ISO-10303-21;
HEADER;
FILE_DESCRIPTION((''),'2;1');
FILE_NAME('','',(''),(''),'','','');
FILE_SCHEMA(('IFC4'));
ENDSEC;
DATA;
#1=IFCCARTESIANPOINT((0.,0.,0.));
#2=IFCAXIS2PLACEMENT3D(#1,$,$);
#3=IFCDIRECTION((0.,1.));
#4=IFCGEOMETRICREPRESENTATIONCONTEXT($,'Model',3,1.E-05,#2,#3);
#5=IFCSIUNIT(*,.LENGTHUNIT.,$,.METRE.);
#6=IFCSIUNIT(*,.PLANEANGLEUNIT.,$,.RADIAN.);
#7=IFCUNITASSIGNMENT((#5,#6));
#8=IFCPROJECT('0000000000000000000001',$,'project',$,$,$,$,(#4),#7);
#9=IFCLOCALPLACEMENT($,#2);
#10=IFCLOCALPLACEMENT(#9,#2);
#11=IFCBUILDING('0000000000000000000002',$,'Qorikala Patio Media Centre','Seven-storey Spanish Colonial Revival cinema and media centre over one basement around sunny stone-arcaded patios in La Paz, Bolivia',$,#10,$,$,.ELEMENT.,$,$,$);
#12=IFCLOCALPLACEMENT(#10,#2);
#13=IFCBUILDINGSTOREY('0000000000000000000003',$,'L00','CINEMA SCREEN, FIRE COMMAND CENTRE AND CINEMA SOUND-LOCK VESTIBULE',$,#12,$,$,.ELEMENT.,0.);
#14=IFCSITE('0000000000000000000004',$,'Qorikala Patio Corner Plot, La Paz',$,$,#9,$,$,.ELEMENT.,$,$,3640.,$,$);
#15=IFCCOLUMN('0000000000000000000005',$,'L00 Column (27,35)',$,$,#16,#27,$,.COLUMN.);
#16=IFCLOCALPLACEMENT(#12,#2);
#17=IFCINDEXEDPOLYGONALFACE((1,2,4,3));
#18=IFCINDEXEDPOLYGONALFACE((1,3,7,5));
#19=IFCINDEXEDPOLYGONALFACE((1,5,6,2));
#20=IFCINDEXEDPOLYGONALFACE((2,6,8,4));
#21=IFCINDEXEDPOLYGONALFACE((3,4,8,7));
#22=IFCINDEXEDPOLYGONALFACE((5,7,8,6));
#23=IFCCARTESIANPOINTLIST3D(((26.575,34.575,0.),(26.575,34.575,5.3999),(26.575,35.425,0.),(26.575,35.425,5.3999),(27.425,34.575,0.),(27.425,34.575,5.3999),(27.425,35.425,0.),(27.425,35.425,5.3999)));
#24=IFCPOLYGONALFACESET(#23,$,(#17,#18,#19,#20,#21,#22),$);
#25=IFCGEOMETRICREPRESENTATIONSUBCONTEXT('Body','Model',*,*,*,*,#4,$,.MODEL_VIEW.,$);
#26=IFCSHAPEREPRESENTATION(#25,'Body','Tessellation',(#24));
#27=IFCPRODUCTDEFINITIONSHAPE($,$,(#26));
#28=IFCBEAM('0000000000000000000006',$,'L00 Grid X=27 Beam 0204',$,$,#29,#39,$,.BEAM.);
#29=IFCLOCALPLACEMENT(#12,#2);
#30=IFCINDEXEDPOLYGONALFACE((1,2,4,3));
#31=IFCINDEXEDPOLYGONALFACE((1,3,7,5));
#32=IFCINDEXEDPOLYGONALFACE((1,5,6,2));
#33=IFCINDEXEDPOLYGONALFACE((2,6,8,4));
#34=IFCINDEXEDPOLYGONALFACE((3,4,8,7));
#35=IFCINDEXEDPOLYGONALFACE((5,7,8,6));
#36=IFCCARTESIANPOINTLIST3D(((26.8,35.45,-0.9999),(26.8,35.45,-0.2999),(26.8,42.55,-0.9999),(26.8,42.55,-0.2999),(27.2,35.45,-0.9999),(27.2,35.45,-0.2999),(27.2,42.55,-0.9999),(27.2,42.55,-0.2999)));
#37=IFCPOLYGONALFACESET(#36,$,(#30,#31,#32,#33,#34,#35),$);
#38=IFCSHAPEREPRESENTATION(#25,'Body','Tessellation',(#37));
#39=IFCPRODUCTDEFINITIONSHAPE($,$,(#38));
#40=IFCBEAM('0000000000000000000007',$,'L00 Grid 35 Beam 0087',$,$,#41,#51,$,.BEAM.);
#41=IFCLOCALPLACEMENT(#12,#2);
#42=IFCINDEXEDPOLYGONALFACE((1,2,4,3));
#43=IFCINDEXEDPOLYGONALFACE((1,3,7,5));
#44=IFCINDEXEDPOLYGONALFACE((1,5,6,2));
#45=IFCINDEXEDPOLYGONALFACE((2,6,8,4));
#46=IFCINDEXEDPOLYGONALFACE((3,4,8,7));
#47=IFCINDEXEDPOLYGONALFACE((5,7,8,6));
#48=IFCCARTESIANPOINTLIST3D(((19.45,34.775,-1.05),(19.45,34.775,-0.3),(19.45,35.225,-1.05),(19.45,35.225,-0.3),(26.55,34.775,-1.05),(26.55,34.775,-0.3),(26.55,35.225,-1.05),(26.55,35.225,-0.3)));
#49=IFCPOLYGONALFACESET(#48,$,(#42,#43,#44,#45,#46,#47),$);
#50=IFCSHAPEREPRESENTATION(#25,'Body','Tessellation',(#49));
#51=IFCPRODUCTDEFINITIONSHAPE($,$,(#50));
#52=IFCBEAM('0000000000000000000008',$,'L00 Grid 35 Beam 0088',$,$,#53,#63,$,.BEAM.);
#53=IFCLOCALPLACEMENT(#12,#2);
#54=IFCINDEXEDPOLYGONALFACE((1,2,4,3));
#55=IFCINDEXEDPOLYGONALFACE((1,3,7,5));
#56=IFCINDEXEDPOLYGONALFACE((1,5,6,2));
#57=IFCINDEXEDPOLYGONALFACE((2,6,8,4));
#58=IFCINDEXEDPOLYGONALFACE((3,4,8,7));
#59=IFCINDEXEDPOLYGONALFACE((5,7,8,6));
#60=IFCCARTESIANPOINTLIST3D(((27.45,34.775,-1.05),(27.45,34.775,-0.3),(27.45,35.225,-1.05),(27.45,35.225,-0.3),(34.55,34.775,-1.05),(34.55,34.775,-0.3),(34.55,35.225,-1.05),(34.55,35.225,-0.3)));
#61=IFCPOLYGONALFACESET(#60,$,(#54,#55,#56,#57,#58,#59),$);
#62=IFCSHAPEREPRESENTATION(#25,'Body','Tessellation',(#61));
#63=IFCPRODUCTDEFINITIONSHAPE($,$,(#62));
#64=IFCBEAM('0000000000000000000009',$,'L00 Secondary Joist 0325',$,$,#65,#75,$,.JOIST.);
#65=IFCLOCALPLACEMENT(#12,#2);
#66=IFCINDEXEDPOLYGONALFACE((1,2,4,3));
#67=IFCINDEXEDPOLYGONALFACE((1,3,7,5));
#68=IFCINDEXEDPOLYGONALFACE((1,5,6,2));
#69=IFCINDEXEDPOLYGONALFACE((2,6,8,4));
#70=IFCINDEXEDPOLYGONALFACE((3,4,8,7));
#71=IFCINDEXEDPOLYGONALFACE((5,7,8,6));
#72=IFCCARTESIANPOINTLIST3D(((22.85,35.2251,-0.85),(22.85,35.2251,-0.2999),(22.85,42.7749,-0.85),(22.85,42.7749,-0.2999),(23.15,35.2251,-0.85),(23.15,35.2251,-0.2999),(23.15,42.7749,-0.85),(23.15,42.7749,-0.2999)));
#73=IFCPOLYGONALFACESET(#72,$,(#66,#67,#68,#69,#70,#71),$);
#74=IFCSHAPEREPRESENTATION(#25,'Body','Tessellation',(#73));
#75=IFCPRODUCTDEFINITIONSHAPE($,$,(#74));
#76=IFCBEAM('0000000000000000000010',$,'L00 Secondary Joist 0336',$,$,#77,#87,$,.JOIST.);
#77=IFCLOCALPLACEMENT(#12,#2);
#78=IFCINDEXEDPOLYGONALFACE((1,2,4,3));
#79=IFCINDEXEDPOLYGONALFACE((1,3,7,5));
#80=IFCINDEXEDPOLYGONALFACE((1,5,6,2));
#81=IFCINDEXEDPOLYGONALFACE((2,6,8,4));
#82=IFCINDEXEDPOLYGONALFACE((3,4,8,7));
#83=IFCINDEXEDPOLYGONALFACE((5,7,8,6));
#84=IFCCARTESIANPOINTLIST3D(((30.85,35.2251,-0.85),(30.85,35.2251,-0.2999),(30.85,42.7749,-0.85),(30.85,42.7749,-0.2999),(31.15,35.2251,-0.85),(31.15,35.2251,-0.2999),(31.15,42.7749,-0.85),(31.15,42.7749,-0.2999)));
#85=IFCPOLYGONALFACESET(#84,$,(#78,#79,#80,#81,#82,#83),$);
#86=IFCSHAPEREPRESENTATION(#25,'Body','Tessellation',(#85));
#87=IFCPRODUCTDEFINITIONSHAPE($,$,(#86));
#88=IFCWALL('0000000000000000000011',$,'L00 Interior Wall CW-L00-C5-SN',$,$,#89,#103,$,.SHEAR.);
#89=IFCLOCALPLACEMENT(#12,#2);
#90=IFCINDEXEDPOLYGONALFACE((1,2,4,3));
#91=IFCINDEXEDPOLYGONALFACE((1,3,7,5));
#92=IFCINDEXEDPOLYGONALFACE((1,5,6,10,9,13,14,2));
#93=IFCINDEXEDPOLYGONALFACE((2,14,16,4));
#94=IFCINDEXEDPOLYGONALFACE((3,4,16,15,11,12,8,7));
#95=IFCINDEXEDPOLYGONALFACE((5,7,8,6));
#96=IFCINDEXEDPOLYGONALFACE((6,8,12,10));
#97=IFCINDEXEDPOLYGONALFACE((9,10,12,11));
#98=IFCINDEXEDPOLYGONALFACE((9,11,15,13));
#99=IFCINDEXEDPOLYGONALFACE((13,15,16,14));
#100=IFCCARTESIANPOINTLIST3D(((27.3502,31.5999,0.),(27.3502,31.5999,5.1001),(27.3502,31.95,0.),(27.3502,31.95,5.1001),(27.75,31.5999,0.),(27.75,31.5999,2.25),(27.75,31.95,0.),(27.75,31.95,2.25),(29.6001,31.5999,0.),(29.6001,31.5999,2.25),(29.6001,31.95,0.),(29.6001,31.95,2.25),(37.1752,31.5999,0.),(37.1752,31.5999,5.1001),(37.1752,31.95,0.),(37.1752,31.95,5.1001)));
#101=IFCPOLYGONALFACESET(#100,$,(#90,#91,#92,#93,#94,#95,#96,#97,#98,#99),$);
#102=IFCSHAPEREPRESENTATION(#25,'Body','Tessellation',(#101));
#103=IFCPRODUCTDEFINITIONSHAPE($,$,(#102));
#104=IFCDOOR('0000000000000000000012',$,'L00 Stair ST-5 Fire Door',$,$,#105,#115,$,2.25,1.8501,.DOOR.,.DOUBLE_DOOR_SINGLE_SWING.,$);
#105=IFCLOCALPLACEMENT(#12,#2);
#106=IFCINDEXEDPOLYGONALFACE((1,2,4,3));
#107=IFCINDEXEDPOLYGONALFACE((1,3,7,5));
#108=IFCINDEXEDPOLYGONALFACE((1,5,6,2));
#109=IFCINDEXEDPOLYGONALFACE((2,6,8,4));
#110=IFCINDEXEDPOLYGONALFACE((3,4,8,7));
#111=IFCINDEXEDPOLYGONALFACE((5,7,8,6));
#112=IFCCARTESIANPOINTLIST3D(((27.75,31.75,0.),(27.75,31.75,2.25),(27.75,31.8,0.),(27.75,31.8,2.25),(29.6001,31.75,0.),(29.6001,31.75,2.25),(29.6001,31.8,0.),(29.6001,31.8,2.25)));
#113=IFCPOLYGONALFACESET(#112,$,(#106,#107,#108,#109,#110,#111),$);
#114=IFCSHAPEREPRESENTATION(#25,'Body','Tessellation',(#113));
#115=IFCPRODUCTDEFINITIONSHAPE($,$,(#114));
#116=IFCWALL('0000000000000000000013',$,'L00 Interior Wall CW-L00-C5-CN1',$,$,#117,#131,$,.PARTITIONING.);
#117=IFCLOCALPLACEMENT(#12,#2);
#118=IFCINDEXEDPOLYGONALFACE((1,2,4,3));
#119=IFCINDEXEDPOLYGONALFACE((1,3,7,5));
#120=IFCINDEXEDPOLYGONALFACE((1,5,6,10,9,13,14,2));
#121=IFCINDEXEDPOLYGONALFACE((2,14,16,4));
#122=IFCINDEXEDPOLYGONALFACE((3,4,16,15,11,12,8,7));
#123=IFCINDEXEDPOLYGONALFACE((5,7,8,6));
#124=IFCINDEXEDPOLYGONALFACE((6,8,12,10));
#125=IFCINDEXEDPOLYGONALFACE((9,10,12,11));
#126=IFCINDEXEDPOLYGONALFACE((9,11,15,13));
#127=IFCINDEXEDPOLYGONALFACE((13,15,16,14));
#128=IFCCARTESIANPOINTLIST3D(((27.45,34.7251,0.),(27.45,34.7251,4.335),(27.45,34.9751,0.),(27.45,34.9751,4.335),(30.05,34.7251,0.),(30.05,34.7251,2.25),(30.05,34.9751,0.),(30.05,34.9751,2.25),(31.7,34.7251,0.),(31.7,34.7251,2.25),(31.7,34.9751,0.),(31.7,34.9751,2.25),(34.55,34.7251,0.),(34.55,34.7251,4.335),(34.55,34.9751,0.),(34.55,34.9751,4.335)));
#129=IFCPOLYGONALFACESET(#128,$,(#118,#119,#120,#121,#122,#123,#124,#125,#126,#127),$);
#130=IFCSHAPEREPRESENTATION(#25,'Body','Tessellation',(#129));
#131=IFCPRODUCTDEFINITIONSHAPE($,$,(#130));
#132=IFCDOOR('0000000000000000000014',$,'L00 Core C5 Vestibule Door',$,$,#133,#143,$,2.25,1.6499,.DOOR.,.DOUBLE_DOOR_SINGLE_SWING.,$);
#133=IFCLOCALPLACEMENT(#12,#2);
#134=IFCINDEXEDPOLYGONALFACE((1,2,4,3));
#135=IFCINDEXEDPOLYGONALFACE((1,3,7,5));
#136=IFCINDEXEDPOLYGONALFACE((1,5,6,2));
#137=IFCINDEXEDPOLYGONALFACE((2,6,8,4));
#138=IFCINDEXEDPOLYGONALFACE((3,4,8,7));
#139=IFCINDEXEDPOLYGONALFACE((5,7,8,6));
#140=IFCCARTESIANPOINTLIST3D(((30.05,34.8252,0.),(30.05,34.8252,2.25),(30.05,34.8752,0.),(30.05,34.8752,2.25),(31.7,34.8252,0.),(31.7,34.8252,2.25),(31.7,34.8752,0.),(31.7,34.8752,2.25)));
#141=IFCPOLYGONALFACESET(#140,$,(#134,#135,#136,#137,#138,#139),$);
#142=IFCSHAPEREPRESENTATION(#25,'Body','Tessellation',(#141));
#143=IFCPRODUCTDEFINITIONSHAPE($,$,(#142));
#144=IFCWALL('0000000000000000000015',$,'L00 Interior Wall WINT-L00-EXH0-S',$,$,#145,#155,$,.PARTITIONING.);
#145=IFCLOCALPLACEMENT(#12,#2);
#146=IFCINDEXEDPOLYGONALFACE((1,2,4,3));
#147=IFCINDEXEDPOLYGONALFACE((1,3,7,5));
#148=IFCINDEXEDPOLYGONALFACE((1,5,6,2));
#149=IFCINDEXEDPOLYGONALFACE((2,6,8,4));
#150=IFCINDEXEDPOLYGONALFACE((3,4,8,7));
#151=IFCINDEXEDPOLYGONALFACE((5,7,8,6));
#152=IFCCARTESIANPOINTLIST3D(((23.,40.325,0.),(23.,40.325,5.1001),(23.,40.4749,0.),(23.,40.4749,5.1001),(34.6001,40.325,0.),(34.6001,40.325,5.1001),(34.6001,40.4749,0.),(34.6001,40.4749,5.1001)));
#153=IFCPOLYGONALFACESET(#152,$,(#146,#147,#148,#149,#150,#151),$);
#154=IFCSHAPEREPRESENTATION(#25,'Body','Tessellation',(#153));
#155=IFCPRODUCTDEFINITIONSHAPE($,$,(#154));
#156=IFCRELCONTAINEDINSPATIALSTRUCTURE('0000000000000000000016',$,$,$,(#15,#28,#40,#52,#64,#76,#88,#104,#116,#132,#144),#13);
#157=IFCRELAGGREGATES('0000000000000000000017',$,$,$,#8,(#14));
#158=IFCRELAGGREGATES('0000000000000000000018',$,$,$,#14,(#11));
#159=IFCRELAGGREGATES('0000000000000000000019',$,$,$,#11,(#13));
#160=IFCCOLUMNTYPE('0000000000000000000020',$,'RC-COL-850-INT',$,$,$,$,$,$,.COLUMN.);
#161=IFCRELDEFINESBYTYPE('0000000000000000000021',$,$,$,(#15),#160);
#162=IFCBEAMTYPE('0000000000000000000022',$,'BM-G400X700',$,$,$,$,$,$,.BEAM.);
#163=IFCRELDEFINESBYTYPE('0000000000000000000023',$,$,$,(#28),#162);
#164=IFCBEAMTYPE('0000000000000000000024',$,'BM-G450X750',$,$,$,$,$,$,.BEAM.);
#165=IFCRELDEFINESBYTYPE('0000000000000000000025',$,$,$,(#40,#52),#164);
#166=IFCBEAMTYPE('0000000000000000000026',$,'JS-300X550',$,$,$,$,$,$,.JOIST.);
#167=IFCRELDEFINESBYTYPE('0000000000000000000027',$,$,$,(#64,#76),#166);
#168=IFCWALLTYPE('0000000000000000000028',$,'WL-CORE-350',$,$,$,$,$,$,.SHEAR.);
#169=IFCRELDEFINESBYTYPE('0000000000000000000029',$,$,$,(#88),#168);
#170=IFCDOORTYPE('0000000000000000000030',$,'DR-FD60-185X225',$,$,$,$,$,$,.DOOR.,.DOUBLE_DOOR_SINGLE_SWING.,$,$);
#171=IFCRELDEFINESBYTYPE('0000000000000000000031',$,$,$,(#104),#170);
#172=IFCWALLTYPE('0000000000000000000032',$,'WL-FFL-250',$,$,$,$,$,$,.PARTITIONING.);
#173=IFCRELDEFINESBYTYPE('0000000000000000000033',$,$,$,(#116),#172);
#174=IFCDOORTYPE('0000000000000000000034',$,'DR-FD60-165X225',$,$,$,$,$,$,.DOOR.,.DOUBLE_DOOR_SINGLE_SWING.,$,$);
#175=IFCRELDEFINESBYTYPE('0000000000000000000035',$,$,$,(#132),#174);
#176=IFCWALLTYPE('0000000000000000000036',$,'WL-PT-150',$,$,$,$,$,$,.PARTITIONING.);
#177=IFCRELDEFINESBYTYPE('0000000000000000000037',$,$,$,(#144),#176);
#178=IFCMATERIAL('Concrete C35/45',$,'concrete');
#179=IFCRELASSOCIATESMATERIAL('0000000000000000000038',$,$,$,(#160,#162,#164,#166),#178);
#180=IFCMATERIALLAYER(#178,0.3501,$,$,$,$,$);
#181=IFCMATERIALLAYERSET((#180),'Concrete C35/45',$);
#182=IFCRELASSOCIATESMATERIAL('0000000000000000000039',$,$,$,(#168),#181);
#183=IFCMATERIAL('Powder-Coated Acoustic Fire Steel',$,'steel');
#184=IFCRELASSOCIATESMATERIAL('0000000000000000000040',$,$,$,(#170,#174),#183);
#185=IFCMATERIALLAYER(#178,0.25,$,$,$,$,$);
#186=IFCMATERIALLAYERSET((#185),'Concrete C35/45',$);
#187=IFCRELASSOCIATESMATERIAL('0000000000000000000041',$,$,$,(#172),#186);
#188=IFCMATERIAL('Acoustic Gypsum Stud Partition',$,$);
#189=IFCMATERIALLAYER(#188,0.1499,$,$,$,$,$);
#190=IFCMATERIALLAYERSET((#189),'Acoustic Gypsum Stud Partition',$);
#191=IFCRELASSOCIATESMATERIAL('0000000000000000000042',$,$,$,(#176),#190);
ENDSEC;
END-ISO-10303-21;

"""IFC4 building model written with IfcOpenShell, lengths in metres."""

from ifc_helpers import new_model, si_unit, direction, frame, frame_2d, origin, origin_2d, place, context, subcontext, project, spatial, rectangle, extrude, material, layer, layer_set, material_profile, profile_set, type_object, element, fill, save


model = new_model("IFC4")

# Units and contexts
model_context = context("Model", 3, precision=1e-05, world=origin(), true_north=direction((0.0, 1.0)))
body_context = subcontext(model_context, "Body", "Model", "MODEL_VIEW")
ifc_project = project(units=[si_unit("LENGTHUNIT", "METRE"), si_unit("PLANEANGLEUNIT", "RADIAN")], contexts=[model_context])

# Site, building, storey
site_placement = place(None, origin())
site = spatial("IfcSite", under=ifc_project, at=site_placement, Name="Qorikala Patio Corner Plot, La Paz", CompositionType="ELEMENT", RefElevation=3640.0)
building_placement = place(site_placement, origin())
building = spatial("IfcBuilding", under=site, at=building_placement, Name="Qorikala Patio Media Centre", Description="Seven-storey Spanish Colonial Revival cinema and media centre over one basement around sunny stone-arcaded patios in La Paz, Bolivia", CompositionType="ELEMENT")
storey_placement = place(building_placement, origin())
storey = spatial("IfcBuildingStorey", under=building, at=storey_placement, Name="L00", Description="CINEMA SCREEN, FIRE COMMAND CENTRE AND CINEMA SOUND-LOCK VESTIBULE", CompositionType="ELEMENT", Elevation=0.0)

# Column
ifc_material_1 = material(Name="Concrete C35/45", Category="concrete")
ifc_material_profile_1 = material_profile(ifc_material_1, rectangle(XDim=0.8501, YDim=0.8501, at=origin_2d()), Name="RC 850x850")
ifc_profile_set_1 = profile_set([ifc_material_profile_1], Name="Concrete C35/45")
column_type = type_object("IfcColumnType", Name="RC-COL-850-INT", PredefinedType="COLUMN", material=ifc_profile_set_1)
column_placement = place(storey_placement, frame((27.0, 35.0, 0.0), z_axis=(0.0, 0.0, 1.0), x_axis=(1.0, 0.0, 0.0)))
element("IfcColumn", 1, at=column_placement, inside=storey, type_object=column_type, Name="L00 Column (27,35)", PredefinedType="COLUMN", context=body_context, shape_type="SweptSolid", body=[
    extrude(rectangle(XDim=0.8501, YDim=0.8501, at=origin_2d()), origin(), (0.0, 0.0, 1.0), 5.3999),
])

# Beams
ifc_material_profile_2 = material_profile(ifc_material_1, rectangle(XDim=0.3999, YDim=0.7, at=origin_2d()), Name="RC 400x700")
ifc_profile_set_2 = profile_set([ifc_material_profile_2], Name="Concrete C35/45")
beam_type_1 = type_object("IfcBeamType", Name="BM-G400X700", PredefinedType="BEAM", material=ifc_profile_set_2)
beam_placement = place(storey_placement, frame((27.0, 35.45, -0.6499), z_axis=(0.0, 1.0, 0.0), x_axis=(-1.0, 0.0, 0.0)))
element("IfcBeam", 2, at=beam_placement, inside=storey, type_object=beam_type_1, Name="L00 Grid X=27 Beam 0204", PredefinedType="BEAM", context=body_context, shape_type="SweptSolid", body=[
    extrude(rectangle(XDim=0.3999, YDim=0.7, at=origin_2d()), origin(), (0.0, 0.0, 1.0), 7.1001),
])
ifc_material_profile_3 = material_profile(ifc_material_1, rectangle(XDim=0.45, YDim=0.75, at=origin_2d()), Name="RC 450x750")
ifc_profile_set_3 = profile_set([ifc_material_profile_3], Name="Concrete C35/45")
beam_type_2 = type_object("IfcBeamType", Name="BM-G450X750", PredefinedType="BEAM", material=ifc_profile_set_3)
for number, where, z_axis, x_axis, name in (
    (3, (19.45, 35.0, -0.675), (1.0, 0.0, 0.0), (0.0, 1.0, 0.0), "L00 Grid 35 Beam 0087"),
    (4, (27.45, 35.0, -0.675), (1.0, 0.0, 0.0), (0.0, 1.0, 0.0), "L00 Grid 35 Beam 0088"),
):
    element("IfcBeam", number, at=place(storey_placement, frame(where, z_axis=z_axis, x_axis=x_axis)), inside=storey, type_object=beam_type_2, Name=name, PredefinedType="BEAM", context=body_context, shape_type="SweptSolid", body=[
        extrude(rectangle(XDim=0.45, YDim=0.75, at=origin_2d()), origin(), (0.0, 0.0, 1.0), 7.1001),
    ])
ifc_material_profile_4 = material_profile(ifc_material_1, rectangle(XDim=0.3, YDim=0.55, at=origin_2d()), Name="RC 300x550")
ifc_profile_set_4 = profile_set([ifc_material_profile_4], Name="Concrete C35/45")
beam_type_3 = type_object("IfcBeamType", Name="JS-300X550", PredefinedType="JOIST", material=ifc_profile_set_4)
for number, where, z_axis, x_axis, name in (
    (5, (23.0, 35.2251, -0.575), (0.0, 1.0, 0.0), (-1.0, 0.0, 0.0), "L00 Secondary Joist 0325"),
    (6, (31.0, 35.2251, -0.575), (0.0, 1.0, 0.0), (-1.0, 0.0, 0.0), "L00 Secondary Joist 0336"),
):
    element("IfcBeam", number, at=place(storey_placement, frame(where, z_axis=z_axis, x_axis=x_axis)), inside=storey, type_object=beam_type_3, Name=name, PredefinedType="JOIST", context=body_context, shape_type="SweptSolid", body=[
        extrude(rectangle(XDim=0.3, YDim=0.55, at=origin_2d()), origin(), (0.0, 0.0, 1.0), 7.5498),
    ])

# Walls, openings, doors
ifc_layer_1 = layer(ifc_material_1, 0.3501)
ifc_layer_set_1 = layer_set([ifc_layer_1], Name="Concrete C35/45")
wall_type_1 = type_object("IfcWallType", Name="WL-CORE-350", PredefinedType="SHEAR", material=ifc_layer_set_1)
wall_1_placement = place(storey_placement, frame((27.3501, 31.7749, 0.0), z_axis=(0.0, 0.0, 1.0), x_axis=(1.0, 0.0, 0.0)))
wall_1 = element("IfcWall", 7, at=wall_1_placement, inside=storey, type_object=wall_type_1, Name="L00 Interior Wall CW-L00-C5-SN", PredefinedType="SHEAR", context=body_context, shape_type="SweptSolid", body=[
    extrude(rectangle(XDim=9.825, YDim=0.3501, at=frame_2d((4.9126, 0.0))), origin(), (0.0, 0.0, 1.0), 5.1001),
])
opening_1_placement = place(wall_1_placement, frame((0.3999, 0.0, 0.0)))
opening_1 = element("IfcOpeningElement", 8, at=opening_1_placement, cuts=wall_1, PredefinedType="OPENING", context=body_context, shape_type="SweptSolid", body=[
    extrude(rectangle(XDim=1.8501, YDim=2.25, at=frame_2d((0.925, 1.125))), frame((0.0, 0.1851, 0.0), z_axis=(0.0, -1.0, 0.0), x_axis=(1.0, 0.0, 0.0)), (0.0, 0.0, 1.0), 0.3701),
])
ifc_material_2 = material(Name="Powder-Coated Acoustic Fire Steel", Category="steel")
door_type_1 = type_object("IfcDoorType", Name="DR-FD60-185X225", OperationType="DOUBLE_DOOR_SINGLE_SWING", PredefinedType="DOOR", material=ifc_material_2)
door_1_placement = place(opening_1_placement, frame((1.8501, 0.0, 0.0), z_axis=(0.0, 0.0, 1.0), x_axis=(-1.0, 0.0, 0.0)))
door_1 = element("IfcDoor", 9, at=door_1_placement, inside=storey, type_object=door_type_1, Name="L00 Stair ST-5 Fire Door", OperationType="DOUBLE_DOOR_SINGLE_SWING", OverallHeight=2.25, OverallWidth=1.8501, PredefinedType="DOOR", context=body_context, shape_type="SweptSolid", body=[
    extrude(rectangle(XDim=1.8501, YDim=2.25, at=frame_2d((0.925, 1.125))), frame((0.0, 0.0249, 0.0), z_axis=(0.0, -1.0, 0.0), x_axis=(1.0, 0.0, 0.0)), (0.0, 0.0, 1.0), 0.05),
])
fill(opening_1, door_1)
ifc_layer_2 = layer(ifc_material_1, 0.25)
ifc_layer_set_2 = layer_set([ifc_layer_2], Name="Concrete C35/45")
wall_type_2 = type_object("IfcWallType", Name="WL-FFL-250", PredefinedType="PARTITIONING", material=ifc_layer_set_2)
wall_2_placement = place(storey_placement, frame((27.45, 34.8501, 0.0), z_axis=(0.0, 0.0, 1.0), x_axis=(1.0, 0.0, 0.0)))
wall_2 = element("IfcWall", 10, at=wall_2_placement, inside=storey, type_object=wall_type_2, Name="L00 Interior Wall CW-L00-C5-CN1", PredefinedType="PARTITIONING", context=body_context, shape_type="SweptSolid", body=[
    extrude(rectangle(XDim=7.1001, YDim=0.25, at=frame_2d((3.55, 0.0))), origin(), (0.0, 0.0, 1.0), 4.335),
])
opening_2_placement = place(wall_2_placement, frame((2.6001, 0.0, 0.0)))
opening_2 = element("IfcOpeningElement", 11, at=opening_2_placement, cuts=wall_2, PredefinedType="OPENING", context=body_context, shape_type="SweptSolid", body=[
    extrude(rectangle(XDim=1.6499, YDim=2.25, at=frame_2d((0.825, 1.125))), frame((0.0, 0.135, 0.0), z_axis=(0.0, -1.0, 0.0), x_axis=(1.0, 0.0, 0.0)), (0.0, 0.0, 1.0), 0.27),
])
door_type_2 = type_object("IfcDoorType", Name="DR-FD60-165X225", OperationType="DOUBLE_DOOR_SINGLE_SWING", PredefinedType="DOOR", material=ifc_material_2)
door_2_placement = place(opening_2_placement, frame((1.6499, 0.0, 0.0), z_axis=(0.0, 0.0, 1.0), x_axis=(-1.0, 0.0, 0.0)))
door_2 = element("IfcDoor", 12, at=door_2_placement, inside=storey, type_object=door_type_2, Name="L00 Core C5 Vestibule Door", OperationType="DOUBLE_DOOR_SINGLE_SWING", OverallHeight=2.25, OverallWidth=1.6499, PredefinedType="DOOR", context=body_context, shape_type="SweptSolid", body=[
    extrude(rectangle(XDim=1.6499, YDim=2.25, at=frame_2d((0.825, 1.125))), frame((0.0, 0.0249, 0.0), z_axis=(0.0, -1.0, 0.0), x_axis=(1.0, 0.0, 0.0)), (0.0, 0.0, 1.0), 0.05),
])
fill(opening_2, door_2)

# Wall
ifc_material_3 = material(Name="Acoustic Gypsum Stud Partition")
ifc_layer_3 = layer(ifc_material_3, 0.1499)
ifc_layer_set_3 = layer_set([ifc_layer_3], Name="Acoustic Gypsum Stud Partition")
wall_type_3 = type_object("IfcWallType", Name="WL-PT-150", PredefinedType="PARTITIONING", material=ifc_layer_set_3)
wall_3_placement = place(storey_placement, frame((23.0, 40.3999, 0.0), z_axis=(0.0, 0.0, 1.0), x_axis=(1.0, 0.0, 0.0)))
element("IfcWall", 13, at=wall_3_placement, inside=storey, type_object=wall_type_3, Name="L00 Interior Wall WINT-L00-EXH0-S", PredefinedType="PARTITIONING", context=body_context, shape_type="SweptSolid", body=[
    extrude(rectangle(XDim=11.6001, YDim=0.1499, at=frame_2d((5.8, 0.0))), origin(), (0.0, 0.0, 1.0), 5.1001),
])

save(model, "model.ifc")
